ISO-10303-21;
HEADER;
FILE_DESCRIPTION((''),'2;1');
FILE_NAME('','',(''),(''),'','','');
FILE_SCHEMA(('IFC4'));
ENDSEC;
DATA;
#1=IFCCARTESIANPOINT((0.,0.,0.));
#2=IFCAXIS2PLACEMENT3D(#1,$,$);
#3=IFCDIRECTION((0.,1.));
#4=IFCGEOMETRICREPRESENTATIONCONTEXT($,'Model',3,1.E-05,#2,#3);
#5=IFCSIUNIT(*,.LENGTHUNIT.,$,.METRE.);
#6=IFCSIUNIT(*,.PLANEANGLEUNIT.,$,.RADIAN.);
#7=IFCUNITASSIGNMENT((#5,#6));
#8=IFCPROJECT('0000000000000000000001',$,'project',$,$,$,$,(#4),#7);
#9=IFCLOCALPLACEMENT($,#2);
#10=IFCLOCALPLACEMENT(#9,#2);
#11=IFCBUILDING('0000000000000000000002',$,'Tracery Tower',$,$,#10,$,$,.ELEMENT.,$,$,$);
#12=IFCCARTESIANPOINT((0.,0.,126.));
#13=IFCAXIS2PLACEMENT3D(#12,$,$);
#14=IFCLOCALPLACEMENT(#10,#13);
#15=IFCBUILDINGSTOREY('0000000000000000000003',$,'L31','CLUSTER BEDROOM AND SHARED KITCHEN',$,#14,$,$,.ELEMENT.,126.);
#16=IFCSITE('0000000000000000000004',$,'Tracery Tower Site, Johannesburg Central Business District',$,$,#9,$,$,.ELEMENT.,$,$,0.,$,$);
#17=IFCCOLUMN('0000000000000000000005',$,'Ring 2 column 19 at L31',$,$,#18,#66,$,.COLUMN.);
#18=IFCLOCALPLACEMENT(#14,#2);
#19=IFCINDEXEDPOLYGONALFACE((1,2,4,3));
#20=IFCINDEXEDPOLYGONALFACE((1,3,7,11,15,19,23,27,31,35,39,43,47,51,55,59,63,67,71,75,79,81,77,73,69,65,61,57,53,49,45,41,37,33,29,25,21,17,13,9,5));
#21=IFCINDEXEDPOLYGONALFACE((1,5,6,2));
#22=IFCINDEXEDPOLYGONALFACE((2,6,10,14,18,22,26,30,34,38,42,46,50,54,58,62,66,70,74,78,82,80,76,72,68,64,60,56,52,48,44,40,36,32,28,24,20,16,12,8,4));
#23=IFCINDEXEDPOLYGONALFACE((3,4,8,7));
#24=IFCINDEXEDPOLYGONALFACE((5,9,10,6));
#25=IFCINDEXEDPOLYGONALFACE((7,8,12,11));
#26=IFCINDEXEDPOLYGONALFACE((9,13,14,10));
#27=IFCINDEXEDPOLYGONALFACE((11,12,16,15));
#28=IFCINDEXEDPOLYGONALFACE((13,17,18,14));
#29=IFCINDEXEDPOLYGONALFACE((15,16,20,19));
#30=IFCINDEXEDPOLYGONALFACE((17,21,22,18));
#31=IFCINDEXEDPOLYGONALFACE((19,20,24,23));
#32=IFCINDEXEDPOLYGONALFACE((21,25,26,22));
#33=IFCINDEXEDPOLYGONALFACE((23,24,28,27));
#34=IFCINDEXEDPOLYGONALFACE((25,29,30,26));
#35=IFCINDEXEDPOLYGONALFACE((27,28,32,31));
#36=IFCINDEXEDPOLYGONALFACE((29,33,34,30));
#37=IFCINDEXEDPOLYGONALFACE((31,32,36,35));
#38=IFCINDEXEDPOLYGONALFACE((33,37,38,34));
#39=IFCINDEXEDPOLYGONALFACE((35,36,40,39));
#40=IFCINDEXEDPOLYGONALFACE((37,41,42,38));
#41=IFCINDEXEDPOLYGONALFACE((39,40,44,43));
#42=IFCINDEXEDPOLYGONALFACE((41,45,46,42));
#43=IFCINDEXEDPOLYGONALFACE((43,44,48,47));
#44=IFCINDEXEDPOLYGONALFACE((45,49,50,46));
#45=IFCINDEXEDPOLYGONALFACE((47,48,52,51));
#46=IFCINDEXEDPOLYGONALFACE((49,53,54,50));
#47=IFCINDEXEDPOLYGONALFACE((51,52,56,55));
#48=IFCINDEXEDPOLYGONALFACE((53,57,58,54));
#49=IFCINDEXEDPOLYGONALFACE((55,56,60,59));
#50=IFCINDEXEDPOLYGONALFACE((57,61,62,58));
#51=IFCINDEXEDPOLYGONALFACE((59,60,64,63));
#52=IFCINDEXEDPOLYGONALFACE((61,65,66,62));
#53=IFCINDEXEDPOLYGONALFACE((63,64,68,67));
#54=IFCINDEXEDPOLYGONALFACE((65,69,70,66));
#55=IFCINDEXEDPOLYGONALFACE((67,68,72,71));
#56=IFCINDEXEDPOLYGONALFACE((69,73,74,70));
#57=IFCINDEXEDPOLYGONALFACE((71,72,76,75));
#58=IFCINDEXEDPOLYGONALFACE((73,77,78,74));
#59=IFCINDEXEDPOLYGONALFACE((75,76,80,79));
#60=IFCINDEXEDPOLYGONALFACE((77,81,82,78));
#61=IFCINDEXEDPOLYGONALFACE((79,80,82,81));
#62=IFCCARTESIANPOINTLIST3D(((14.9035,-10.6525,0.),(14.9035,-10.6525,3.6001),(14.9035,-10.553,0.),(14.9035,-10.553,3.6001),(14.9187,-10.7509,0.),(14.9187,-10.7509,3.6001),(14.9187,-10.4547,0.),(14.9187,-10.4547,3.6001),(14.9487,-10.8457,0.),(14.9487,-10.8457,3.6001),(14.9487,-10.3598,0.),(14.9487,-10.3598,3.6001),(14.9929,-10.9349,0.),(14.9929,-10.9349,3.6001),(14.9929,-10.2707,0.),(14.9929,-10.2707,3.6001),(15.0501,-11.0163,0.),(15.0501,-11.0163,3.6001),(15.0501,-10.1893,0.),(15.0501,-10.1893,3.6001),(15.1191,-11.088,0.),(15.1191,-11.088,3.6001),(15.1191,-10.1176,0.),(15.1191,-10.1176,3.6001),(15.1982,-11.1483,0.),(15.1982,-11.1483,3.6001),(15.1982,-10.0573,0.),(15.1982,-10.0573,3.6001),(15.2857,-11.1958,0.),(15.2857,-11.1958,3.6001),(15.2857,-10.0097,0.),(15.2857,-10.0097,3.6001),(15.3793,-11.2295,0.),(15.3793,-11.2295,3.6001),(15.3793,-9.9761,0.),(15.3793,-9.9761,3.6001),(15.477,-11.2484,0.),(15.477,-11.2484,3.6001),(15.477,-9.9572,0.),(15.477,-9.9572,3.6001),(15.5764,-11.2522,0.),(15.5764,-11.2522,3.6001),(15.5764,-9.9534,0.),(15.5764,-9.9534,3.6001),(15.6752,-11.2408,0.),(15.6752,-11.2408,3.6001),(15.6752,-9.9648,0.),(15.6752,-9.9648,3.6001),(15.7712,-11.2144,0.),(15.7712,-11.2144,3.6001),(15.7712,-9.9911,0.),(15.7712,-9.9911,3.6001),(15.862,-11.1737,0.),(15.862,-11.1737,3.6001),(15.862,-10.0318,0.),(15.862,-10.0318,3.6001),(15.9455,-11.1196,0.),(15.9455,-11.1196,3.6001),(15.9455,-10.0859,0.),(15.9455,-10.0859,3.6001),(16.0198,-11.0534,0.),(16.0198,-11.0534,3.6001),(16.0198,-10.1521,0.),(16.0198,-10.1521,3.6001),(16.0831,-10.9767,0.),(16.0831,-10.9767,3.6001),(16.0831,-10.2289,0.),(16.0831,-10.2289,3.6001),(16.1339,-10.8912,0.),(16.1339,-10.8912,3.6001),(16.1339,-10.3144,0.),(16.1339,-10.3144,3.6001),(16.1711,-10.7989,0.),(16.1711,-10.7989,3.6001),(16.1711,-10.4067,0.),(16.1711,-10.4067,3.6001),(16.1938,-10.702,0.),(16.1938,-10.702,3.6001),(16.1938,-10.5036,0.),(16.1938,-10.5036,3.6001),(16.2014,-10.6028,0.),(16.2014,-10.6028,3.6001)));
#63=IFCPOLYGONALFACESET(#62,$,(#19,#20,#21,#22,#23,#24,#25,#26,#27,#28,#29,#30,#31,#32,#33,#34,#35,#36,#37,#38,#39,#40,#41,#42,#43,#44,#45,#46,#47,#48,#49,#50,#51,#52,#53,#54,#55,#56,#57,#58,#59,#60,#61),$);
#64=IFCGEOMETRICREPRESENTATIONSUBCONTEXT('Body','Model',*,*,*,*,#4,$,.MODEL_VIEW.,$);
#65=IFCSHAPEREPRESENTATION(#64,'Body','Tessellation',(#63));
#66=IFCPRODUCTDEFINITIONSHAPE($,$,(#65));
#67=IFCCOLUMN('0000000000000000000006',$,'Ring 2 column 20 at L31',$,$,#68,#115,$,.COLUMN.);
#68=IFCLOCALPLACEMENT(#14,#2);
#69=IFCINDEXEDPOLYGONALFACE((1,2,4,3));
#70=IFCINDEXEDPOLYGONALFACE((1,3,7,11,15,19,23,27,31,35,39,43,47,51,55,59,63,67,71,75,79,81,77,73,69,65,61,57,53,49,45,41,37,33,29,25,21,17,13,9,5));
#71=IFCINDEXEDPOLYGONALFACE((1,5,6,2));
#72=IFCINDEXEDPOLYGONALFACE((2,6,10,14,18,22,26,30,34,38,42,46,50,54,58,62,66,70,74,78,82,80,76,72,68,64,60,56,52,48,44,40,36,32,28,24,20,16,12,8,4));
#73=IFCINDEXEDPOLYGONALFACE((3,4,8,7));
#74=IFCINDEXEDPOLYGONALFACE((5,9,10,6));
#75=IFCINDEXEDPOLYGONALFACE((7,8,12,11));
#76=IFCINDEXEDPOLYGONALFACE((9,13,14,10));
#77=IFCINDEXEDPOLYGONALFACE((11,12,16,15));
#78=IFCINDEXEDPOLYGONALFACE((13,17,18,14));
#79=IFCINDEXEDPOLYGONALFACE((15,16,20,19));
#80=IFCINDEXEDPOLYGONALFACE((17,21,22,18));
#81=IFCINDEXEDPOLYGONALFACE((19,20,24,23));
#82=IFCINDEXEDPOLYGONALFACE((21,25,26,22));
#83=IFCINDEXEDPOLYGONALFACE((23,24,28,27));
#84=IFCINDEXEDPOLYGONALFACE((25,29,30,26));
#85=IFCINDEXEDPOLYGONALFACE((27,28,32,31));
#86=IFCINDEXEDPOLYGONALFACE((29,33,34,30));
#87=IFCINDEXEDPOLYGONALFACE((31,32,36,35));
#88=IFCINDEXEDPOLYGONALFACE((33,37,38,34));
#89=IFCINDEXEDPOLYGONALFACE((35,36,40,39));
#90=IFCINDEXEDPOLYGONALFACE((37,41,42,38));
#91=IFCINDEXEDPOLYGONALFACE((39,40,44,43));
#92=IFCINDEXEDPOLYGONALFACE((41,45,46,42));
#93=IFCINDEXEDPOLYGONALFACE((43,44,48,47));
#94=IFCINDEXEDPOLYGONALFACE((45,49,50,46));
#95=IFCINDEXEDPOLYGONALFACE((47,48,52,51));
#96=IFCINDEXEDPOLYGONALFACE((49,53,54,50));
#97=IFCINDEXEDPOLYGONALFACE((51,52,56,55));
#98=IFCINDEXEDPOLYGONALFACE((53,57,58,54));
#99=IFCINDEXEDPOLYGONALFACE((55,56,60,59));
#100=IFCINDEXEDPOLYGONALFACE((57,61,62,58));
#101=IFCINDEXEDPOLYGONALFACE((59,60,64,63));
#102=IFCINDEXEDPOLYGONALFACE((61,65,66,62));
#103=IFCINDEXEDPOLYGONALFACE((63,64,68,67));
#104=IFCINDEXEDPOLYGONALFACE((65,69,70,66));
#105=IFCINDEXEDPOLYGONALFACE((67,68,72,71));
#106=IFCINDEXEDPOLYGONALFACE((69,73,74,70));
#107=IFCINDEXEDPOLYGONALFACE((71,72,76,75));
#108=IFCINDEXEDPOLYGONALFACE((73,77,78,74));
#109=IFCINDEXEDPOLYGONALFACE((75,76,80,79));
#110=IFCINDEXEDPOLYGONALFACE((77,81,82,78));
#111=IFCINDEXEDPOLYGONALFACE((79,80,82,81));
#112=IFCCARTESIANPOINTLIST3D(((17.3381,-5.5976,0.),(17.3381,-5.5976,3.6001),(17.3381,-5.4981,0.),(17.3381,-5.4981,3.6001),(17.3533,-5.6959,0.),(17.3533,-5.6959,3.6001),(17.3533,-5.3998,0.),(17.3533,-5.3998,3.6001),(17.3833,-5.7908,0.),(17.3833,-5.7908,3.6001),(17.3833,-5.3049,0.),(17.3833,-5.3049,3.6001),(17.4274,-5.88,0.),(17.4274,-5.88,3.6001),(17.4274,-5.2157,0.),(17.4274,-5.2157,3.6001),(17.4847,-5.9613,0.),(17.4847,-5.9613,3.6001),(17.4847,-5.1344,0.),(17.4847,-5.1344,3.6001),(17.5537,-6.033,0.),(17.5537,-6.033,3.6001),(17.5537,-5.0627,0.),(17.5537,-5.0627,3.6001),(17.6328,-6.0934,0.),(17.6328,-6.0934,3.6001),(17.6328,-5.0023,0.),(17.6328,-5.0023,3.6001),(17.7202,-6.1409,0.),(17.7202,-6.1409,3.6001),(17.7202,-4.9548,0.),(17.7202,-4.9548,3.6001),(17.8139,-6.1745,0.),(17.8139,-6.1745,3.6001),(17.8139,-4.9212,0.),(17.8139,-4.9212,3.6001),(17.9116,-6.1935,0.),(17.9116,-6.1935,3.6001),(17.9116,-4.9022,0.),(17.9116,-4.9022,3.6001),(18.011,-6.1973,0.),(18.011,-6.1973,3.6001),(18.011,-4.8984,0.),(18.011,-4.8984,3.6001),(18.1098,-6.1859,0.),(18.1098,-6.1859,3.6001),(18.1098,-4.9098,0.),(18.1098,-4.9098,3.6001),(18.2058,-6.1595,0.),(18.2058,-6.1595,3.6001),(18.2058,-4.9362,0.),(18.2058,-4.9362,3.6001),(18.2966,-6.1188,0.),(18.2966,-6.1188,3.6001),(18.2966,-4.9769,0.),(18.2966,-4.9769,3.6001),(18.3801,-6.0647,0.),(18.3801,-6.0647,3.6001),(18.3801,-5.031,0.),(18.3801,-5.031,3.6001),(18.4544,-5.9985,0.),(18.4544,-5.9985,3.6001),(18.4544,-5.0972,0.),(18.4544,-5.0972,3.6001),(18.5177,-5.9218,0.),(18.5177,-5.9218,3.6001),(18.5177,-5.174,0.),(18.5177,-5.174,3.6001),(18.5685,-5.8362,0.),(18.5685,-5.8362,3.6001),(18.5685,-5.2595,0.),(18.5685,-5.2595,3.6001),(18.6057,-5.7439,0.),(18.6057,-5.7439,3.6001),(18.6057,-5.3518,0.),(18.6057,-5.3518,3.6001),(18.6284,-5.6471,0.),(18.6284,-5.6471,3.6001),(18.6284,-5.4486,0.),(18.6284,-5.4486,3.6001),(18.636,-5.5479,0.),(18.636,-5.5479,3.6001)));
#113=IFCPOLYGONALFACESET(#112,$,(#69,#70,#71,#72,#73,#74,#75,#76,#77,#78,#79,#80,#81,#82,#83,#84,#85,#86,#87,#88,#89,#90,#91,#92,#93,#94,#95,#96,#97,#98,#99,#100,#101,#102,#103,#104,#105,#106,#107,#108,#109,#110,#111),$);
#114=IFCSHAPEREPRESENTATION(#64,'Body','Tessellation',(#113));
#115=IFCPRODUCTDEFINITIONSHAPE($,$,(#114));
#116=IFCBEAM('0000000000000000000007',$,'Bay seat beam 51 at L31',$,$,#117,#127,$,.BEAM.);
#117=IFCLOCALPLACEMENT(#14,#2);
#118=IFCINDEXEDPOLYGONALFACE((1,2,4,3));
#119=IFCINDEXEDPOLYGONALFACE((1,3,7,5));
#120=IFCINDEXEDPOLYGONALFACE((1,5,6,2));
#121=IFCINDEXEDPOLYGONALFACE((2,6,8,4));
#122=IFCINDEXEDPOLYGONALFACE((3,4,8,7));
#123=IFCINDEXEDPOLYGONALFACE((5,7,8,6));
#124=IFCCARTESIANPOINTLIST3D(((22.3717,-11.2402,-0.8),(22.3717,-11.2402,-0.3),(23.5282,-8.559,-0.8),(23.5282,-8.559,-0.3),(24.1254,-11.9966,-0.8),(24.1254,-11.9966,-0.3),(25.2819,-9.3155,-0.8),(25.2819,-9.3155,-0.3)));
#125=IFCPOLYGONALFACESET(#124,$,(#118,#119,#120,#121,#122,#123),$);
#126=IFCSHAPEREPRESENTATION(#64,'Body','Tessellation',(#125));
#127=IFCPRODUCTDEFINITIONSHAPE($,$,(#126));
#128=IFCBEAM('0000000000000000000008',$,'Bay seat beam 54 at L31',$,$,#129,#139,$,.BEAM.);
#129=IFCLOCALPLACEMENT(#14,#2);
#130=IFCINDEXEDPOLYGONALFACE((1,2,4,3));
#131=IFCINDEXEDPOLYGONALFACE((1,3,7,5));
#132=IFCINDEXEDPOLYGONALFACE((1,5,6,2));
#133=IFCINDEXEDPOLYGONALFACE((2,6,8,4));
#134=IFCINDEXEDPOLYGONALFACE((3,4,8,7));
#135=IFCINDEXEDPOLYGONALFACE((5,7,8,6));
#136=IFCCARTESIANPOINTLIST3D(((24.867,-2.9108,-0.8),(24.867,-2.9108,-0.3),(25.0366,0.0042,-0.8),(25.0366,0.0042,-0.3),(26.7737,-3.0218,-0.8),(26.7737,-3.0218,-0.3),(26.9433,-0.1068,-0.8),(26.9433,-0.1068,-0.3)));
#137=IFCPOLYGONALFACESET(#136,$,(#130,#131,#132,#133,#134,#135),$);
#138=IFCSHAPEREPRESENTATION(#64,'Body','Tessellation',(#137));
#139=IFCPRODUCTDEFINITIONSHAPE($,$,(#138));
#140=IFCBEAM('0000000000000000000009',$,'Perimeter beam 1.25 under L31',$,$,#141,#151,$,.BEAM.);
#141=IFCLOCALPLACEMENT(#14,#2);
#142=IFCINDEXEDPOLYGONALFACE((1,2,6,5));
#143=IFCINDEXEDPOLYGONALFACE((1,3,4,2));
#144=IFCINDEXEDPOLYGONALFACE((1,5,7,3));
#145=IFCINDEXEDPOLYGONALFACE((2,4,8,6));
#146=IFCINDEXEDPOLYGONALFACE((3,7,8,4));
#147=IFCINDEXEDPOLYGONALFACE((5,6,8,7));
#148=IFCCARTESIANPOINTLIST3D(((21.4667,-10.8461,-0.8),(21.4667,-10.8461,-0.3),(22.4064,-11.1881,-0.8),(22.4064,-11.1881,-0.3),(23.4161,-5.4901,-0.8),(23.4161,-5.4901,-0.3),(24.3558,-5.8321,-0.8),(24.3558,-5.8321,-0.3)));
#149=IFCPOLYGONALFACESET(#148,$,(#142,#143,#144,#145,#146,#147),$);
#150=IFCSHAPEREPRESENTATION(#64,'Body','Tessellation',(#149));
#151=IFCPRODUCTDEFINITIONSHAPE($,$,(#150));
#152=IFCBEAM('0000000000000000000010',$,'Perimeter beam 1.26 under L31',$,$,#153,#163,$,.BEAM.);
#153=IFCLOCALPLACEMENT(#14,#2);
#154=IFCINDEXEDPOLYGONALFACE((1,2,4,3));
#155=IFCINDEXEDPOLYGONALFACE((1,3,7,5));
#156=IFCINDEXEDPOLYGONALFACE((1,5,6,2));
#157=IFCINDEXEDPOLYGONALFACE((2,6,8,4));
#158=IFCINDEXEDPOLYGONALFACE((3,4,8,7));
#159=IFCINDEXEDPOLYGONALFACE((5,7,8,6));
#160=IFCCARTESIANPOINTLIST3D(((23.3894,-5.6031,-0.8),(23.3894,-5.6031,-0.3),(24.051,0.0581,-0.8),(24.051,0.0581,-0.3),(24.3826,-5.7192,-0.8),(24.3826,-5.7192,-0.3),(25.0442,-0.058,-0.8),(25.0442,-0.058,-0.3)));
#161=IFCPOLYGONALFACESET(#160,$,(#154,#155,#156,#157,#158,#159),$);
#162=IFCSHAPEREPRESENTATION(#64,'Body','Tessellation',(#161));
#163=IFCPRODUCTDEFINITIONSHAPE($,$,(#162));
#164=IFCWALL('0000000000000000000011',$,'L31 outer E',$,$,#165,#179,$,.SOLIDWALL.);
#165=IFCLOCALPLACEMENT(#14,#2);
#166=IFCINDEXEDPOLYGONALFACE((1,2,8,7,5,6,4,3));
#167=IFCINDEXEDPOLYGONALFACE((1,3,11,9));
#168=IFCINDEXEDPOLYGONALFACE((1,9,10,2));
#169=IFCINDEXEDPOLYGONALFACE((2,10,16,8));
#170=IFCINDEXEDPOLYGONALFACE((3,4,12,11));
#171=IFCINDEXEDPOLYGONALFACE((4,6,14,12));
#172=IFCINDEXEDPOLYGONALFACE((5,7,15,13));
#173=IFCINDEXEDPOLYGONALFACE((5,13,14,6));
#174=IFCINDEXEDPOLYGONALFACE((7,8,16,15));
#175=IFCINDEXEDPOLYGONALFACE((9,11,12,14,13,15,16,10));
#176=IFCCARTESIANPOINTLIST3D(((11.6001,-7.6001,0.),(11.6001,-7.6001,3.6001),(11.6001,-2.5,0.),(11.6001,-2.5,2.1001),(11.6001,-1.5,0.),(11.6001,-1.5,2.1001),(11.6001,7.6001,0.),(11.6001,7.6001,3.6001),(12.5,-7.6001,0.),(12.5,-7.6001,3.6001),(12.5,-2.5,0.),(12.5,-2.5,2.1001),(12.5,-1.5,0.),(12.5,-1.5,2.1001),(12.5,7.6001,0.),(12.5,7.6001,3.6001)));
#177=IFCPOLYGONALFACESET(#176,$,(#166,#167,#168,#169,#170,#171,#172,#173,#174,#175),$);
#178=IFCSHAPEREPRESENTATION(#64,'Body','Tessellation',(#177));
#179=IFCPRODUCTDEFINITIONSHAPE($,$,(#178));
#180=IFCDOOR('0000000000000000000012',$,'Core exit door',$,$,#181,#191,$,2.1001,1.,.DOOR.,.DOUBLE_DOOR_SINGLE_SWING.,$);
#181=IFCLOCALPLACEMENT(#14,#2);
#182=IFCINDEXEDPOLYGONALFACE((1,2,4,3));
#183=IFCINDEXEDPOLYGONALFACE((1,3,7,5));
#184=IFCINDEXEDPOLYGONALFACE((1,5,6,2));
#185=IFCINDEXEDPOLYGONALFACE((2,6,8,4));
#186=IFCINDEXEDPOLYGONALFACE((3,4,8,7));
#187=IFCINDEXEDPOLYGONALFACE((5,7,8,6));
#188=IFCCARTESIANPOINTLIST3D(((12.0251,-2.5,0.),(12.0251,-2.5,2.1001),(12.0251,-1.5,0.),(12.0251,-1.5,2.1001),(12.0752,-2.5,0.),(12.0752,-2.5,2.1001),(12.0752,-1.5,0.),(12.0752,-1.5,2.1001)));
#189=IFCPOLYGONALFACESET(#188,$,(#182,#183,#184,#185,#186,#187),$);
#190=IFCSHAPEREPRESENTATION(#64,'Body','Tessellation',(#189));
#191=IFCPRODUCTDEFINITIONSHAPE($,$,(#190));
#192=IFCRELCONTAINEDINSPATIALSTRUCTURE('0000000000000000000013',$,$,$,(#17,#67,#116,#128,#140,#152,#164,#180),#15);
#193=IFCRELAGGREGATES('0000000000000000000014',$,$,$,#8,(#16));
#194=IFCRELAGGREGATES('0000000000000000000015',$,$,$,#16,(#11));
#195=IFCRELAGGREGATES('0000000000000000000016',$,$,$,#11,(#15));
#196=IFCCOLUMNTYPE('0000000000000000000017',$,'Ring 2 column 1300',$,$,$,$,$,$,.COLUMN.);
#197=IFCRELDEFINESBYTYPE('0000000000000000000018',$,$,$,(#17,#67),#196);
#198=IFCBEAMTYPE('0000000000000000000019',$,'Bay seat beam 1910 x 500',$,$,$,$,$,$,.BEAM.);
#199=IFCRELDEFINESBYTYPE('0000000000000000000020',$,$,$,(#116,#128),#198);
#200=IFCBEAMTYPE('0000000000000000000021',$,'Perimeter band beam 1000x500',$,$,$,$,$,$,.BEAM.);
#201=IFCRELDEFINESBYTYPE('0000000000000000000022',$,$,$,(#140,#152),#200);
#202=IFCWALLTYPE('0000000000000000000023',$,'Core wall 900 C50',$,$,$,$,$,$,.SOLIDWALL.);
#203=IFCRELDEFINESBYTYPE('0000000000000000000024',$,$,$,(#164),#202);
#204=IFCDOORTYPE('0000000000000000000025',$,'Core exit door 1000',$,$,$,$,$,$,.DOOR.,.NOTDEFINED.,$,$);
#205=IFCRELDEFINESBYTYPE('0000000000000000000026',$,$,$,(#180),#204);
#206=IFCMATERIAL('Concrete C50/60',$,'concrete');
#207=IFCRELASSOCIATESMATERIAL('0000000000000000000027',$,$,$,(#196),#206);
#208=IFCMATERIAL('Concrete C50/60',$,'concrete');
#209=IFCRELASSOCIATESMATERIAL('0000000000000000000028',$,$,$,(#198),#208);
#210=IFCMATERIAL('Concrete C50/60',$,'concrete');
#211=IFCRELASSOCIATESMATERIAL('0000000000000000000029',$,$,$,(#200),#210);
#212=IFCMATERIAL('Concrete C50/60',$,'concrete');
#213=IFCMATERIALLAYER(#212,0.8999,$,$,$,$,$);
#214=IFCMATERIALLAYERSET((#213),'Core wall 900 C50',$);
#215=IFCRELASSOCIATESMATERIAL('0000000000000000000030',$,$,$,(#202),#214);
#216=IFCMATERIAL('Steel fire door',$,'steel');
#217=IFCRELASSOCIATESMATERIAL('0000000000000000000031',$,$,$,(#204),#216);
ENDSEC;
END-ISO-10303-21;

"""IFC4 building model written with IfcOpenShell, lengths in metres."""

from ifc_helpers import new_model, si_unit, direction, frame, frame_2d, origin, origin_2d, place, context, subcontext, project, spatial, rectangle, circle, extrude, material, layer, layer_set, material_profile, profile_set, type_object, element, fill, save


model = new_model("IFC4")

# Units and contexts
model_context = context("Model", 3, precision=1e-05, world=origin(), true_north=direction((0.0, 1.0)))
body_context = subcontext(model_context, "Body", "Model", "MODEL_VIEW")
ifc_project = project(units=[si_unit("LENGTHUNIT", "METRE"), si_unit("PLANEANGLEUNIT", "RADIAN")], contexts=[model_context])

# Site, building, storey
site_placement = place(None, origin())
site = spatial("IfcSite", under=ifc_project, at=site_placement, Name="Tracery Tower Site, Johannesburg Central Business District", CompositionType="ELEMENT", RefElevation=0.0)
building_placement = place(site_placement, origin())
building = spatial("IfcBuilding", under=site, at=building_placement, Name="Tracery Tower", CompositionType="ELEMENT")
storey_placement = place(building_placement, frame((0.0, 0.0, 126.0)))
storey = spatial("IfcBuildingStorey", under=building, at=storey_placement, Name="L31", Description="CLUSTER BEDROOM AND SHARED KITCHEN", CompositionType="ELEMENT", Elevation=126.0)

# Columns
ifc_material_1 = material(Name="Concrete C50/60", Category="concrete")
ifc_material_profile_1 = material_profile(ifc_material_1, circle(Radius=0.6499, at=origin_2d()), Name="RC D1300")
ifc_profile_set_1 = profile_set([ifc_material_profile_1], Name="Concrete C50/60")
column_type_1 = type_object("IfcColumnType", Name="Ring 2 column 1300", PredefinedType="COLUMN", material=ifc_profile_set_1)
for number, where, z_axis, x_axis, name in (
    (1, (15.5515, -10.6028, 0.0), (0.0, 0.0, 1.0), (1.0, 0.0, 0.0), "Ring 2 column 19 at L31"),
    (2, (17.9861, -5.5479, 0.0), (0.0, 0.0, 1.0), (1.0, 0.0, 0.0), "Ring 2 column 20 at L31"),
):
    element("IfcColumn", number, at=place(storey_placement, frame(where, z_axis=z_axis, x_axis=x_axis)), inside=storey, type_object=column_type_1, Name=name, PredefinedType="COLUMN", context=body_context, shape_type="SweptSolid", body=[
        extrude(circle(Radius=0.6499, at=origin_2d()), origin(), (0.0, 0.0, 1.0), 3.6001),
    ])

# Beams
ifc_material_2 = material(Name="Concrete C50/60", Category="concrete")
ifc_material_profile_2 = material_profile(ifc_material_2, rectangle(XDim=1.9099, YDim=0.5, at=origin_2d()), Name="RC 1910x500")
ifc_profile_set_2 = profile_set([ifc_material_profile_2], Name="Concrete C50/60")
beam_type_1 = type_object("IfcBeamType", Name="Bay seat beam 1910 x 500", PredefinedType="BEAM", material=ifc_profile_set_2)
for number, where, z_axis, x_axis, name in (
    (3, (23.2485, -11.6184, -0.55), (0.396068, 0.918221, 0.0), (-0.918221, 0.396068, 0.0), "Bay seat beam 51 at L31"),
    (4, (25.8203, -2.9663, -0.55), (0.058109, 0.99831, 0.0), (-0.99831, 0.058109, 0.0), "Bay seat beam 54 at L31"),
):
    element("IfcBeam", number, at=place(storey_placement, frame(where, z_axis=z_axis, x_axis=x_axis)), inside=storey, type_object=beam_type_1, Name=name, PredefinedType="BEAM", context=body_context, shape_type="SweptSolid", body=[
        extrude(rectangle(XDim=1.9099, YDim=0.5, at=origin_2d()), origin(), (0.0, 0.0, 1.0), 2.9199),
    ])
ifc_material_3 = material(Name="Concrete C50/60", Category="concrete")
ifc_material_profile_3 = material_profile(ifc_material_3, rectangle(XDim=1.0, YDim=0.5, at=origin_2d()), Name="RC 1000x500")
ifc_profile_set_3 = profile_set([ifc_material_profile_3], Name="Concrete C50/60")
beam_type_2 = type_object("IfcBeamType", Name="Perimeter band beam 1000x500", PredefinedType="BEAM", material=ifc_profile_set_3)
for number, where, z_axis, x_axis, name in (
    (5, (21.9365, -11.0171, -0.55), (0.342029, 0.93969, 0.0), (-0.93969, 0.342029, 0.0), "Perimeter beam 1.25 under L31"),
    (6, (23.886, -5.6611, -0.55), (0.116081, 0.99324, 0.0), (-0.99324, 0.116081, 0.0), "Perimeter beam 1.26 under L31"),
):
    element("IfcBeam", number, at=place(storey_placement, frame(where, z_axis=z_axis, x_axis=x_axis)), inside=storey, type_object=beam_type_2, Name=name, PredefinedType="BEAM", context=body_context, shape_type="SweptSolid", body=[
        extrude(rectangle(XDim=1.0, YDim=0.5, at=origin_2d()), origin(), (0.0, 0.0, 1.0), 5.6997),
    ])

# Wall, opening, door
ifc_material_4 = material(Name="Concrete C50/60", Category="concrete")
ifc_layer_1 = layer(ifc_material_4, 0.8999)
ifc_layer_set_1 = layer_set([ifc_layer_1], Name="Core wall 900 C50")
wall_type_1 = type_object("IfcWallType", Name="Core wall 900 C50", PredefinedType="SOLIDWALL", material=ifc_layer_set_1)
wall_1_placement = place(storey_placement, frame((12.05, -7.6001, 0.0), z_axis=(0.0, 0.0, 1.0), x_axis=(0.0, 1.0, 0.0)))
wall_1 = element("IfcWall", 7, at=wall_1_placement, inside=storey, type_object=wall_type_1, Name="L31 outer E", PredefinedType="SOLIDWALL", context=body_context, shape_type="SweptSolid", body=[
    extrude(rectangle(XDim=15.2002, YDim=0.8999, at=frame_2d((7.6001, 0.0))), origin(), (0.0, 0.0, 1.0), 3.6001),
])
opening_1_placement = place(wall_1_placement, frame((5.1001, 0.0, 0.0)))
opening_1 = element("IfcOpeningElement", 8, at=opening_1_placement, cuts=wall_1, PredefinedType="OPENING", context=body_context, shape_type="SweptSolid", body=[
    extrude(rectangle(XDim=1.0, YDim=2.1001, at=frame_2d((0.5, 1.05))), frame((0.0, 0.45, 0.0), z_axis=(0.0, -1.0, 0.0), x_axis=(1.0, 0.0, 0.0)), (0.0, 0.0, 1.0), 0.8999),
])
ifc_material_5 = material(Name="Steel fire door", Category="steel")
door_type_1 = type_object("IfcDoorType", Name="Core exit door 1000", OperationType="NOTDEFINED", PredefinedType="DOOR", material=ifc_material_5)
door_1_placement = place(opening_1_placement, origin())
door_1 = element("IfcDoor", 9, at=door_1_placement, inside=storey, type_object=door_type_1, Name="Core exit door", OperationType="DOUBLE_DOOR_SINGLE_SWING", OverallHeight=2.1001, OverallWidth=1.0, PredefinedType="DOOR", context=body_context, shape_type="SweptSolid", body=[
    extrude(rectangle(XDim=1.0, YDim=2.1001, at=frame_2d((0.5, 1.05))), frame((0.0, 0.0249, 0.0), z_axis=(0.0, -1.0, 0.0), x_axis=(1.0, 0.0, 0.0)), (0.0, 0.0, 1.0), 0.05),
])
fill(opening_1, door_1)

save(model, "model.ifc")
